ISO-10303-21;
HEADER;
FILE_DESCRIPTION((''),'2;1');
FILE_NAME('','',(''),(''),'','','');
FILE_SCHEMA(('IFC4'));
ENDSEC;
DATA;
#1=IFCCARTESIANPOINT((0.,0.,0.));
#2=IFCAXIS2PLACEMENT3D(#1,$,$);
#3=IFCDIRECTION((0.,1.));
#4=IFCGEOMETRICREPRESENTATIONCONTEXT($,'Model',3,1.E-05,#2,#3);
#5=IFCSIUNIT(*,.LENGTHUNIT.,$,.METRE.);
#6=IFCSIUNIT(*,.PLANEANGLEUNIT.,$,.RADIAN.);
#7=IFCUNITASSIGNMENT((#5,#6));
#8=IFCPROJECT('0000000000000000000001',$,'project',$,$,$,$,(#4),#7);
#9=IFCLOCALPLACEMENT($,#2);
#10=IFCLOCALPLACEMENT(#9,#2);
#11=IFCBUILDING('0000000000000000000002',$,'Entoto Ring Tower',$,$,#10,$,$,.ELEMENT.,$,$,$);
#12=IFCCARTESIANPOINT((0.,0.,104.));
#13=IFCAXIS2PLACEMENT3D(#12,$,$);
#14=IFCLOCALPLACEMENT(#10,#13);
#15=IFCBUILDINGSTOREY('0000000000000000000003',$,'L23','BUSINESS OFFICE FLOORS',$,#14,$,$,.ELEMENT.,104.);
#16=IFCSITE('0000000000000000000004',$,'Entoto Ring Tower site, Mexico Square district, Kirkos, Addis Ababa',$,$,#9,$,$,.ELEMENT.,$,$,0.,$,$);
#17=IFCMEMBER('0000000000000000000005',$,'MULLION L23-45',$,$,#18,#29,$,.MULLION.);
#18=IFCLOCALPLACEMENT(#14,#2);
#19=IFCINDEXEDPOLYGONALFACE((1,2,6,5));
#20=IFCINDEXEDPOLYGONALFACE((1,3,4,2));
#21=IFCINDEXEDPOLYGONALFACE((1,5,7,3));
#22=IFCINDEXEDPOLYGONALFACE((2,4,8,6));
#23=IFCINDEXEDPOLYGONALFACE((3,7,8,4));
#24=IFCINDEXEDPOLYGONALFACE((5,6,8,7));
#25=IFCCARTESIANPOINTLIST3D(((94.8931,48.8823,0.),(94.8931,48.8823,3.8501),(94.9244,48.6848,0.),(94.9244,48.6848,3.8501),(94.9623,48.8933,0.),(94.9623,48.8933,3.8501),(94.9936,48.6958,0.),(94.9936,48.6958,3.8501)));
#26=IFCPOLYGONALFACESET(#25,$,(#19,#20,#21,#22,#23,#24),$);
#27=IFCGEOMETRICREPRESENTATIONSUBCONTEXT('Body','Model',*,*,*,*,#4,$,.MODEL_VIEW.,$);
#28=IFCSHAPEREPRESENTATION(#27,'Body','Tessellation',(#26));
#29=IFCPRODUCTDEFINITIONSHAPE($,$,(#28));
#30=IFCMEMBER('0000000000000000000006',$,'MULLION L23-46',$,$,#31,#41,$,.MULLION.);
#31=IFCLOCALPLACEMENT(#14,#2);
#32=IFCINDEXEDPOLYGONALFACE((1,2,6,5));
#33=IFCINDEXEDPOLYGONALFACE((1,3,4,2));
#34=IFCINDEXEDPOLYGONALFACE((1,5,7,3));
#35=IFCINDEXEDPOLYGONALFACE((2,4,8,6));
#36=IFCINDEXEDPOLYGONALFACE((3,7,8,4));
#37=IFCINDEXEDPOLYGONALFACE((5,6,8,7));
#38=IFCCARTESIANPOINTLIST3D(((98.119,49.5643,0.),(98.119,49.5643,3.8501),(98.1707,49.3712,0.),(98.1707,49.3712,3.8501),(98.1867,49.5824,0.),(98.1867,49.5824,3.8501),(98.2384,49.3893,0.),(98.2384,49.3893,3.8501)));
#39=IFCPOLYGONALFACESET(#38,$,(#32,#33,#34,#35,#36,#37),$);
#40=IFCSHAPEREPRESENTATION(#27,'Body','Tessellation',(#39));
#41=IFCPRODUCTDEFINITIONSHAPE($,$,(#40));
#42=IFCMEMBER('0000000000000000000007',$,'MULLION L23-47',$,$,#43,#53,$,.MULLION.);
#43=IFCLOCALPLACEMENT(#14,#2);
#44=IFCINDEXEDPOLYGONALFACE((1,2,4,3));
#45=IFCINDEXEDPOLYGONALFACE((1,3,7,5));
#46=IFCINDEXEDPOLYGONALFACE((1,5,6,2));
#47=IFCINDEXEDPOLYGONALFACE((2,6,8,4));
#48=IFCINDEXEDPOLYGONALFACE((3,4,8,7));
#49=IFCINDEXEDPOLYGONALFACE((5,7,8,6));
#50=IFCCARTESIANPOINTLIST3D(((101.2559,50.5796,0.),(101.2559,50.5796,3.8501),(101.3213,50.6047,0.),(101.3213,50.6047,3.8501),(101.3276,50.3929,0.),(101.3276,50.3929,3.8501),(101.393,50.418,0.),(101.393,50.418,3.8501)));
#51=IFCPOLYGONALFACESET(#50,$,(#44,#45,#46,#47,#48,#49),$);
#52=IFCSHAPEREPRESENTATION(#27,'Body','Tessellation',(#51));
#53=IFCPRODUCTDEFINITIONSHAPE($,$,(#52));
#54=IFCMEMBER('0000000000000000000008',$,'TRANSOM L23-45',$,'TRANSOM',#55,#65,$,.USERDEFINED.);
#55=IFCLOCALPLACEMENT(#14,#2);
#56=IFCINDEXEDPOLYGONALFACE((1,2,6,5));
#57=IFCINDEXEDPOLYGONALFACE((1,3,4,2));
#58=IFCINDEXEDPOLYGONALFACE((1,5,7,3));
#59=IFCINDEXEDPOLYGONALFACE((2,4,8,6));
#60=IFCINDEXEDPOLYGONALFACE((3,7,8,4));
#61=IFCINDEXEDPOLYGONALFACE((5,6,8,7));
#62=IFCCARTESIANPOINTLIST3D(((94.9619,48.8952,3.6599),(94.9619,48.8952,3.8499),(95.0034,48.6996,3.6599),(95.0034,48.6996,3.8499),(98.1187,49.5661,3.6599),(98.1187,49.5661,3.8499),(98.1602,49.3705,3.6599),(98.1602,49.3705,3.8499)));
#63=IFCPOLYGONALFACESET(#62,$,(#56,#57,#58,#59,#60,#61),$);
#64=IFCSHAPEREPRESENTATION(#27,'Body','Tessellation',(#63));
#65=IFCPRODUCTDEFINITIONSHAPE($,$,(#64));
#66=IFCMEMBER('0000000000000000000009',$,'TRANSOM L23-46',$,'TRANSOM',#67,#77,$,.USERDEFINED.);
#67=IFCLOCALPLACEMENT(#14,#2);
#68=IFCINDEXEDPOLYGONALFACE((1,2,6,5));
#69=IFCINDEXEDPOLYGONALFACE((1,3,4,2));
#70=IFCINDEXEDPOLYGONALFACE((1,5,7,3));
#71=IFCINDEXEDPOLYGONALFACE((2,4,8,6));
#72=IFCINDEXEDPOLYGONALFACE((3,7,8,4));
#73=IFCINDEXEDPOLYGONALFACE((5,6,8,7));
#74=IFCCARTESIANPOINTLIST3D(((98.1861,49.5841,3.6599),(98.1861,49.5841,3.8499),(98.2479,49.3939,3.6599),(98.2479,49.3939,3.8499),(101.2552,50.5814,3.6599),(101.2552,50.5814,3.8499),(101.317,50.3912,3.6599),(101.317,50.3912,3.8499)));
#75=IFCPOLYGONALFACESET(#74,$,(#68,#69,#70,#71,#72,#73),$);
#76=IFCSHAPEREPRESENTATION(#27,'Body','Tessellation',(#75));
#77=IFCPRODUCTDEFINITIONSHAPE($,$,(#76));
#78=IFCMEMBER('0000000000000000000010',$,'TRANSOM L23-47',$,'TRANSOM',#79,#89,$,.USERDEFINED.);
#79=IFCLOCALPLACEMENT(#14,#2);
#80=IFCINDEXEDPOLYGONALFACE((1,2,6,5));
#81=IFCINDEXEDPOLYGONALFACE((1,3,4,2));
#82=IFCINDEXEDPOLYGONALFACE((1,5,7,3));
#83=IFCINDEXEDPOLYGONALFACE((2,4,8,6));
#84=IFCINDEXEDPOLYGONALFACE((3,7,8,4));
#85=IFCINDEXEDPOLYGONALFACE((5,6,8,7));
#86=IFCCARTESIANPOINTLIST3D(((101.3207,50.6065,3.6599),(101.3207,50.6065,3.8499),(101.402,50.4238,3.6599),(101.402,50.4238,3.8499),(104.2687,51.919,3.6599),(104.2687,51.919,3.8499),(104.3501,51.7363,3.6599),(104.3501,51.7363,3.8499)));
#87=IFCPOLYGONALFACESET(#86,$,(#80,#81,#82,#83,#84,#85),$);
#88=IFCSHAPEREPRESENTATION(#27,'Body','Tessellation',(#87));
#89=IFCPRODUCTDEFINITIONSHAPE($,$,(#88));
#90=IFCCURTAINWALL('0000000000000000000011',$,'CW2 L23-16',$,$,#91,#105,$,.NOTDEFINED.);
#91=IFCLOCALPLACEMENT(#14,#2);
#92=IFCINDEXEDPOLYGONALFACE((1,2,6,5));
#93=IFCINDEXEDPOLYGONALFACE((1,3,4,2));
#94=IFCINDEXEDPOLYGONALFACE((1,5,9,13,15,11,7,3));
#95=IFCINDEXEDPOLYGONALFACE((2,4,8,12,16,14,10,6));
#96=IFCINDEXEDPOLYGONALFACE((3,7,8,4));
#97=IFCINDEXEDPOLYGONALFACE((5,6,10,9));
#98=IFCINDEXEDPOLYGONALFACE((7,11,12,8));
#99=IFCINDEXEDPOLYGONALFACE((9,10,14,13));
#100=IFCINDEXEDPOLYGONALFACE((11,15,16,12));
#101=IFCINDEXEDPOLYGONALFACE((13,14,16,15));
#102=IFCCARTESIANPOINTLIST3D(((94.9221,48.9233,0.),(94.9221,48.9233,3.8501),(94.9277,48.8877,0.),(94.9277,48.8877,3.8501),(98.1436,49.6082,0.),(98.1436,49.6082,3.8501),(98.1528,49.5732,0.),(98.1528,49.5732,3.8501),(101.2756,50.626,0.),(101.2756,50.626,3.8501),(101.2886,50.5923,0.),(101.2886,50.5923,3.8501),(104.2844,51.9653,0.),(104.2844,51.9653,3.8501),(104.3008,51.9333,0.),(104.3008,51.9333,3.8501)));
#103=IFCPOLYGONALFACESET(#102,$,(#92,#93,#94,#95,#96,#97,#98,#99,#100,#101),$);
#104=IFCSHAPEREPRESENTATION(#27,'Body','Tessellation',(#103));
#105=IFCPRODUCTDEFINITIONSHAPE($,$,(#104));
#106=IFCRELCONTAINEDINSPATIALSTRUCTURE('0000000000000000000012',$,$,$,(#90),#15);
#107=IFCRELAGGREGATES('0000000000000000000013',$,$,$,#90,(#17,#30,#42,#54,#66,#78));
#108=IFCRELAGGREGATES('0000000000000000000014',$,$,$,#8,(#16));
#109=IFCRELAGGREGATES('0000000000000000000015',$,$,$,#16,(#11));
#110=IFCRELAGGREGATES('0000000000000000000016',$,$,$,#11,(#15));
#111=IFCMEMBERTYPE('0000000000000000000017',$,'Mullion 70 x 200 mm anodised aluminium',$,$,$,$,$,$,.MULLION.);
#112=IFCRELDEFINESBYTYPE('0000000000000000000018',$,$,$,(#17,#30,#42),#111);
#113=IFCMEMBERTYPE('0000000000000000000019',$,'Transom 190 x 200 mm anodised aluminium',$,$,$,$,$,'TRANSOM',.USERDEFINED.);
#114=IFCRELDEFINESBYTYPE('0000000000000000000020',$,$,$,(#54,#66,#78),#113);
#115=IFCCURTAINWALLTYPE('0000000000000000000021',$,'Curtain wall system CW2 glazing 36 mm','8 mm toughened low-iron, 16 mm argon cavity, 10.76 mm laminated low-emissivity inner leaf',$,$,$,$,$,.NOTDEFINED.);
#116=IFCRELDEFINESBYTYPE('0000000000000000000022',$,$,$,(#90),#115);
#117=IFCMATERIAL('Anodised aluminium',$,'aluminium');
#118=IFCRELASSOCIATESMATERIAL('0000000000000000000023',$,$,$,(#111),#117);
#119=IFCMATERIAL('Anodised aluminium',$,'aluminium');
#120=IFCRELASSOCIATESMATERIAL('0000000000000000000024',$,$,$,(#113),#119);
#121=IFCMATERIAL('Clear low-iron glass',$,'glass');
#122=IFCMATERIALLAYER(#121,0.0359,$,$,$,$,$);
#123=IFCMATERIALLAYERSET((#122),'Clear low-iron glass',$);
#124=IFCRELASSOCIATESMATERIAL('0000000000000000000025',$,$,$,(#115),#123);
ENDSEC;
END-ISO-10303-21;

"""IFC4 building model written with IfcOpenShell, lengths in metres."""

from ifc_helpers import new_model, si_unit, direction, frame, origin, origin_2d, place, context, subcontext, project, spatial, polyline, rectangle, outline, extrude, material, layer, layer_set, material_profile, profile_set, type_object, element, aggregate, save


model = new_model("IFC4")

# Units and contexts
model_context = context("Model", 3, precision=1e-05, world=origin(), true_north=direction((0.0, 1.0)))
body_context = subcontext(model_context, "Body", "Model", "MODEL_VIEW")
ifc_project = project(units=[si_unit("LENGTHUNIT", "METRE"), si_unit("PLANEANGLEUNIT", "RADIAN")], contexts=[model_context])

# Members
ifc_material_1 = material(Name="Anodised aluminium", Category="aluminium")
ifc_material_profile_1 = material_profile(ifc_material_1, rectangle(XDim=0.0701, YDim=0.2, at=origin_2d()), Name="Mullion 70 x 200 mm anodised aluminium")
ifc_profile_set_1 = profile_set([ifc_material_profile_1], Name="Anodised aluminium")
member_type_1 = type_object("IfcMemberType", Name="Mullion 70 x 200 mm anodised aluminium", PredefinedType="MULLION", material=ifc_profile_set_1)
site_placement = place(None, origin())
building_placement = place(site_placement, origin())
storey_placement = place(building_placement, frame((0.0, 0.0, 104.0)))
member_1_placement = place(storey_placement, frame((94.9434, 48.7891, 0.0), z_axis=(0.0, 0.0, 1.0), x_axis=(0.987688, 0.156434, 0.0)))
member_1 = element("IfcMember", 1, at=member_1_placement, type_object=member_type_1, Name="MULLION L23-45", PredefinedType="MULLION", context=body_context, shape_type="SweptSolid", body=[
    extrude(rectangle(XDim=0.0701, YDim=0.2, at=origin_2d()), origin(), (0.0, 0.0, 1.0), 3.8501),
])
member_2_placement = place(storey_placement, frame((98.1787, 49.4768, 0.0), z_axis=(0.0, 0.0, 1.0), x_axis=(0.965926, 0.258819, 0.0)))
member_2 = element("IfcMember", 2, at=member_2_placement, type_object=member_type_1, Name="MULLION L23-46", PredefinedType="MULLION", context=body_context, shape_type="SweptSolid", body=[
    extrude(rectangle(XDim=0.0701, YDim=0.2, at=origin_2d()), origin(), (0.0, 0.0, 1.0), 3.8501),
])
member_3_placement = place(storey_placement, frame((101.3245, 50.4988, 0.0), z_axis=(0.0, 0.0, 1.0), x_axis=(0.93358, 0.358368, 0.0)))
member_3 = element("IfcMember", 3, at=member_3_placement, type_object=member_type_1, Name="MULLION L23-47", PredefinedType="MULLION", context=body_context, shape_type="SweptSolid", body=[
    extrude(rectangle(XDim=0.0701, YDim=0.2, at=origin_2d()), origin(), (0.0, 0.0, 1.0), 3.8501),
])
ifc_material_2 = material(Name="Anodised aluminium", Category="aluminium")
ifc_material_profile_2 = material_profile(ifc_material_2, rectangle(XDim=0.2, YDim=0.1899, at=origin_2d()), Name="Transom 190 x 200 mm anodised aluminium")
ifc_profile_set_2 = profile_set([ifc_material_profile_2], Name="Anodised aluminium")
member_type_2 = type_object("IfcMemberType", Name="Transom 190 x 200 mm anodised aluminium", ElementType="TRANSOM", PredefinedType="USERDEFINED", material=ifc_profile_set_2)
member_4_placement = place(storey_placement, frame((94.9827, 48.7974, 3.7549), z_axis=(0.978153, 0.207886, 0.0), x_axis=(-0.207886, 0.978153, 0.0)))
member_4 = element("IfcMember", 4, at=member_4_placement, type_object=member_type_2, Name="TRANSOM L23-45", ObjectType="TRANSOM", PredefinedType="USERDEFINED", context=body_context, shape_type="SweptSolid", body=[
    extrude(rectangle(XDim=0.2, YDim=0.1899, at=origin_2d()), origin(), (0.0, 0.0, 1.0), 3.2273),
])
member_5_placement = place(storey_placement, frame((98.217, 49.489, 3.7549), z_axis=(0.951047, 0.309047, 0.0), x_axis=(-0.309047, 0.951047, 0.0)))
member_5 = element("IfcMember", 5, at=member_5_placement, type_object=member_type_2, Name="TRANSOM L23-46", ObjectType="TRANSOM", PredefinedType="USERDEFINED", context=body_context, shape_type="SweptSolid", body=[
    extrude(rectangle(XDim=0.2, YDim=0.1899, at=origin_2d()), origin(), (0.0, 0.0, 1.0), 3.2271),
])
member_6_placement = place(storey_placement, frame((101.3613, 50.5151, 3.7549), z_axis=(0.913549, 0.406728, 0.0), x_axis=(-0.406728, 0.913549, 0.0)))
member_6 = element("IfcMember", 6, at=member_6_placement, type_object=member_type_2, Name="TRANSOM L23-47", ObjectType="TRANSOM", PredefinedType="USERDEFINED", context=body_context, shape_type="SweptSolid", body=[
    extrude(rectangle(XDim=0.2, YDim=0.1899, at=origin_2d()), origin(), (0.0, 0.0, 1.0), 3.2271),
])

# Site, building, storey
site = spatial("IfcSite", under=ifc_project, at=site_placement, Name="Entoto Ring Tower site, Mexico Square district, Kirkos, Addis Ababa", CompositionType="ELEMENT", RefElevation=0.0)
building = spatial("IfcBuilding", under=site, at=building_placement, Name="Entoto Ring Tower", CompositionType="ELEMENT")
storey = spatial("IfcBuildingStorey", under=building, at=storey_placement, Name="L23", Description="BUSINESS OFFICE FLOORS", CompositionType="ELEMENT", Elevation=104.0)

# Curtain wall
ifc_material_3 = material(Name="Clear low-iron glass", Category="glass")
ifc_layer_1 = layer(ifc_material_3, 0.0359)
ifc_layer_set_1 = layer_set([ifc_layer_1], Name="Clear low-iron glass")
curtain_wall_type = type_object("IfcCurtainWallType", Name="Curtain wall system CW2 glazing 36 mm", Description="8 mm toughened low-iron, 16 mm argon cavity, 10.76 mm laminated low-emissivity inner leaf", PredefinedType="NOTDEFINED", material=ifc_layer_set_1)
curtain_wall_1_placement = place(storey_placement, origin())
curtain_wall_1 = element("IfcCurtainWall", 7, at=curtain_wall_1_placement, inside=storey, type_object=curtain_wall_type, Name="CW2 L23-16", PredefinedType="NOTDEFINED", context=body_context, shape_type="SweptSolid", body=[
    extrude(outline(polyline([(94.9277, 48.8877), (98.1528, 49.5732), (101.2886, 50.5923), (104.3008, 51.9333), (104.2844, 51.9653), (101.2756, 50.626), (98.1436, 49.6082), (94.9221, 48.9233), (94.9277, 48.8877)])), origin(), (0.0, 0.0, 1.0), 3.8501),
])
aggregate(curtain_wall_1, [member_1, member_2, member_3, member_4, member_5, member_6])

save(model, "model.ifc")
